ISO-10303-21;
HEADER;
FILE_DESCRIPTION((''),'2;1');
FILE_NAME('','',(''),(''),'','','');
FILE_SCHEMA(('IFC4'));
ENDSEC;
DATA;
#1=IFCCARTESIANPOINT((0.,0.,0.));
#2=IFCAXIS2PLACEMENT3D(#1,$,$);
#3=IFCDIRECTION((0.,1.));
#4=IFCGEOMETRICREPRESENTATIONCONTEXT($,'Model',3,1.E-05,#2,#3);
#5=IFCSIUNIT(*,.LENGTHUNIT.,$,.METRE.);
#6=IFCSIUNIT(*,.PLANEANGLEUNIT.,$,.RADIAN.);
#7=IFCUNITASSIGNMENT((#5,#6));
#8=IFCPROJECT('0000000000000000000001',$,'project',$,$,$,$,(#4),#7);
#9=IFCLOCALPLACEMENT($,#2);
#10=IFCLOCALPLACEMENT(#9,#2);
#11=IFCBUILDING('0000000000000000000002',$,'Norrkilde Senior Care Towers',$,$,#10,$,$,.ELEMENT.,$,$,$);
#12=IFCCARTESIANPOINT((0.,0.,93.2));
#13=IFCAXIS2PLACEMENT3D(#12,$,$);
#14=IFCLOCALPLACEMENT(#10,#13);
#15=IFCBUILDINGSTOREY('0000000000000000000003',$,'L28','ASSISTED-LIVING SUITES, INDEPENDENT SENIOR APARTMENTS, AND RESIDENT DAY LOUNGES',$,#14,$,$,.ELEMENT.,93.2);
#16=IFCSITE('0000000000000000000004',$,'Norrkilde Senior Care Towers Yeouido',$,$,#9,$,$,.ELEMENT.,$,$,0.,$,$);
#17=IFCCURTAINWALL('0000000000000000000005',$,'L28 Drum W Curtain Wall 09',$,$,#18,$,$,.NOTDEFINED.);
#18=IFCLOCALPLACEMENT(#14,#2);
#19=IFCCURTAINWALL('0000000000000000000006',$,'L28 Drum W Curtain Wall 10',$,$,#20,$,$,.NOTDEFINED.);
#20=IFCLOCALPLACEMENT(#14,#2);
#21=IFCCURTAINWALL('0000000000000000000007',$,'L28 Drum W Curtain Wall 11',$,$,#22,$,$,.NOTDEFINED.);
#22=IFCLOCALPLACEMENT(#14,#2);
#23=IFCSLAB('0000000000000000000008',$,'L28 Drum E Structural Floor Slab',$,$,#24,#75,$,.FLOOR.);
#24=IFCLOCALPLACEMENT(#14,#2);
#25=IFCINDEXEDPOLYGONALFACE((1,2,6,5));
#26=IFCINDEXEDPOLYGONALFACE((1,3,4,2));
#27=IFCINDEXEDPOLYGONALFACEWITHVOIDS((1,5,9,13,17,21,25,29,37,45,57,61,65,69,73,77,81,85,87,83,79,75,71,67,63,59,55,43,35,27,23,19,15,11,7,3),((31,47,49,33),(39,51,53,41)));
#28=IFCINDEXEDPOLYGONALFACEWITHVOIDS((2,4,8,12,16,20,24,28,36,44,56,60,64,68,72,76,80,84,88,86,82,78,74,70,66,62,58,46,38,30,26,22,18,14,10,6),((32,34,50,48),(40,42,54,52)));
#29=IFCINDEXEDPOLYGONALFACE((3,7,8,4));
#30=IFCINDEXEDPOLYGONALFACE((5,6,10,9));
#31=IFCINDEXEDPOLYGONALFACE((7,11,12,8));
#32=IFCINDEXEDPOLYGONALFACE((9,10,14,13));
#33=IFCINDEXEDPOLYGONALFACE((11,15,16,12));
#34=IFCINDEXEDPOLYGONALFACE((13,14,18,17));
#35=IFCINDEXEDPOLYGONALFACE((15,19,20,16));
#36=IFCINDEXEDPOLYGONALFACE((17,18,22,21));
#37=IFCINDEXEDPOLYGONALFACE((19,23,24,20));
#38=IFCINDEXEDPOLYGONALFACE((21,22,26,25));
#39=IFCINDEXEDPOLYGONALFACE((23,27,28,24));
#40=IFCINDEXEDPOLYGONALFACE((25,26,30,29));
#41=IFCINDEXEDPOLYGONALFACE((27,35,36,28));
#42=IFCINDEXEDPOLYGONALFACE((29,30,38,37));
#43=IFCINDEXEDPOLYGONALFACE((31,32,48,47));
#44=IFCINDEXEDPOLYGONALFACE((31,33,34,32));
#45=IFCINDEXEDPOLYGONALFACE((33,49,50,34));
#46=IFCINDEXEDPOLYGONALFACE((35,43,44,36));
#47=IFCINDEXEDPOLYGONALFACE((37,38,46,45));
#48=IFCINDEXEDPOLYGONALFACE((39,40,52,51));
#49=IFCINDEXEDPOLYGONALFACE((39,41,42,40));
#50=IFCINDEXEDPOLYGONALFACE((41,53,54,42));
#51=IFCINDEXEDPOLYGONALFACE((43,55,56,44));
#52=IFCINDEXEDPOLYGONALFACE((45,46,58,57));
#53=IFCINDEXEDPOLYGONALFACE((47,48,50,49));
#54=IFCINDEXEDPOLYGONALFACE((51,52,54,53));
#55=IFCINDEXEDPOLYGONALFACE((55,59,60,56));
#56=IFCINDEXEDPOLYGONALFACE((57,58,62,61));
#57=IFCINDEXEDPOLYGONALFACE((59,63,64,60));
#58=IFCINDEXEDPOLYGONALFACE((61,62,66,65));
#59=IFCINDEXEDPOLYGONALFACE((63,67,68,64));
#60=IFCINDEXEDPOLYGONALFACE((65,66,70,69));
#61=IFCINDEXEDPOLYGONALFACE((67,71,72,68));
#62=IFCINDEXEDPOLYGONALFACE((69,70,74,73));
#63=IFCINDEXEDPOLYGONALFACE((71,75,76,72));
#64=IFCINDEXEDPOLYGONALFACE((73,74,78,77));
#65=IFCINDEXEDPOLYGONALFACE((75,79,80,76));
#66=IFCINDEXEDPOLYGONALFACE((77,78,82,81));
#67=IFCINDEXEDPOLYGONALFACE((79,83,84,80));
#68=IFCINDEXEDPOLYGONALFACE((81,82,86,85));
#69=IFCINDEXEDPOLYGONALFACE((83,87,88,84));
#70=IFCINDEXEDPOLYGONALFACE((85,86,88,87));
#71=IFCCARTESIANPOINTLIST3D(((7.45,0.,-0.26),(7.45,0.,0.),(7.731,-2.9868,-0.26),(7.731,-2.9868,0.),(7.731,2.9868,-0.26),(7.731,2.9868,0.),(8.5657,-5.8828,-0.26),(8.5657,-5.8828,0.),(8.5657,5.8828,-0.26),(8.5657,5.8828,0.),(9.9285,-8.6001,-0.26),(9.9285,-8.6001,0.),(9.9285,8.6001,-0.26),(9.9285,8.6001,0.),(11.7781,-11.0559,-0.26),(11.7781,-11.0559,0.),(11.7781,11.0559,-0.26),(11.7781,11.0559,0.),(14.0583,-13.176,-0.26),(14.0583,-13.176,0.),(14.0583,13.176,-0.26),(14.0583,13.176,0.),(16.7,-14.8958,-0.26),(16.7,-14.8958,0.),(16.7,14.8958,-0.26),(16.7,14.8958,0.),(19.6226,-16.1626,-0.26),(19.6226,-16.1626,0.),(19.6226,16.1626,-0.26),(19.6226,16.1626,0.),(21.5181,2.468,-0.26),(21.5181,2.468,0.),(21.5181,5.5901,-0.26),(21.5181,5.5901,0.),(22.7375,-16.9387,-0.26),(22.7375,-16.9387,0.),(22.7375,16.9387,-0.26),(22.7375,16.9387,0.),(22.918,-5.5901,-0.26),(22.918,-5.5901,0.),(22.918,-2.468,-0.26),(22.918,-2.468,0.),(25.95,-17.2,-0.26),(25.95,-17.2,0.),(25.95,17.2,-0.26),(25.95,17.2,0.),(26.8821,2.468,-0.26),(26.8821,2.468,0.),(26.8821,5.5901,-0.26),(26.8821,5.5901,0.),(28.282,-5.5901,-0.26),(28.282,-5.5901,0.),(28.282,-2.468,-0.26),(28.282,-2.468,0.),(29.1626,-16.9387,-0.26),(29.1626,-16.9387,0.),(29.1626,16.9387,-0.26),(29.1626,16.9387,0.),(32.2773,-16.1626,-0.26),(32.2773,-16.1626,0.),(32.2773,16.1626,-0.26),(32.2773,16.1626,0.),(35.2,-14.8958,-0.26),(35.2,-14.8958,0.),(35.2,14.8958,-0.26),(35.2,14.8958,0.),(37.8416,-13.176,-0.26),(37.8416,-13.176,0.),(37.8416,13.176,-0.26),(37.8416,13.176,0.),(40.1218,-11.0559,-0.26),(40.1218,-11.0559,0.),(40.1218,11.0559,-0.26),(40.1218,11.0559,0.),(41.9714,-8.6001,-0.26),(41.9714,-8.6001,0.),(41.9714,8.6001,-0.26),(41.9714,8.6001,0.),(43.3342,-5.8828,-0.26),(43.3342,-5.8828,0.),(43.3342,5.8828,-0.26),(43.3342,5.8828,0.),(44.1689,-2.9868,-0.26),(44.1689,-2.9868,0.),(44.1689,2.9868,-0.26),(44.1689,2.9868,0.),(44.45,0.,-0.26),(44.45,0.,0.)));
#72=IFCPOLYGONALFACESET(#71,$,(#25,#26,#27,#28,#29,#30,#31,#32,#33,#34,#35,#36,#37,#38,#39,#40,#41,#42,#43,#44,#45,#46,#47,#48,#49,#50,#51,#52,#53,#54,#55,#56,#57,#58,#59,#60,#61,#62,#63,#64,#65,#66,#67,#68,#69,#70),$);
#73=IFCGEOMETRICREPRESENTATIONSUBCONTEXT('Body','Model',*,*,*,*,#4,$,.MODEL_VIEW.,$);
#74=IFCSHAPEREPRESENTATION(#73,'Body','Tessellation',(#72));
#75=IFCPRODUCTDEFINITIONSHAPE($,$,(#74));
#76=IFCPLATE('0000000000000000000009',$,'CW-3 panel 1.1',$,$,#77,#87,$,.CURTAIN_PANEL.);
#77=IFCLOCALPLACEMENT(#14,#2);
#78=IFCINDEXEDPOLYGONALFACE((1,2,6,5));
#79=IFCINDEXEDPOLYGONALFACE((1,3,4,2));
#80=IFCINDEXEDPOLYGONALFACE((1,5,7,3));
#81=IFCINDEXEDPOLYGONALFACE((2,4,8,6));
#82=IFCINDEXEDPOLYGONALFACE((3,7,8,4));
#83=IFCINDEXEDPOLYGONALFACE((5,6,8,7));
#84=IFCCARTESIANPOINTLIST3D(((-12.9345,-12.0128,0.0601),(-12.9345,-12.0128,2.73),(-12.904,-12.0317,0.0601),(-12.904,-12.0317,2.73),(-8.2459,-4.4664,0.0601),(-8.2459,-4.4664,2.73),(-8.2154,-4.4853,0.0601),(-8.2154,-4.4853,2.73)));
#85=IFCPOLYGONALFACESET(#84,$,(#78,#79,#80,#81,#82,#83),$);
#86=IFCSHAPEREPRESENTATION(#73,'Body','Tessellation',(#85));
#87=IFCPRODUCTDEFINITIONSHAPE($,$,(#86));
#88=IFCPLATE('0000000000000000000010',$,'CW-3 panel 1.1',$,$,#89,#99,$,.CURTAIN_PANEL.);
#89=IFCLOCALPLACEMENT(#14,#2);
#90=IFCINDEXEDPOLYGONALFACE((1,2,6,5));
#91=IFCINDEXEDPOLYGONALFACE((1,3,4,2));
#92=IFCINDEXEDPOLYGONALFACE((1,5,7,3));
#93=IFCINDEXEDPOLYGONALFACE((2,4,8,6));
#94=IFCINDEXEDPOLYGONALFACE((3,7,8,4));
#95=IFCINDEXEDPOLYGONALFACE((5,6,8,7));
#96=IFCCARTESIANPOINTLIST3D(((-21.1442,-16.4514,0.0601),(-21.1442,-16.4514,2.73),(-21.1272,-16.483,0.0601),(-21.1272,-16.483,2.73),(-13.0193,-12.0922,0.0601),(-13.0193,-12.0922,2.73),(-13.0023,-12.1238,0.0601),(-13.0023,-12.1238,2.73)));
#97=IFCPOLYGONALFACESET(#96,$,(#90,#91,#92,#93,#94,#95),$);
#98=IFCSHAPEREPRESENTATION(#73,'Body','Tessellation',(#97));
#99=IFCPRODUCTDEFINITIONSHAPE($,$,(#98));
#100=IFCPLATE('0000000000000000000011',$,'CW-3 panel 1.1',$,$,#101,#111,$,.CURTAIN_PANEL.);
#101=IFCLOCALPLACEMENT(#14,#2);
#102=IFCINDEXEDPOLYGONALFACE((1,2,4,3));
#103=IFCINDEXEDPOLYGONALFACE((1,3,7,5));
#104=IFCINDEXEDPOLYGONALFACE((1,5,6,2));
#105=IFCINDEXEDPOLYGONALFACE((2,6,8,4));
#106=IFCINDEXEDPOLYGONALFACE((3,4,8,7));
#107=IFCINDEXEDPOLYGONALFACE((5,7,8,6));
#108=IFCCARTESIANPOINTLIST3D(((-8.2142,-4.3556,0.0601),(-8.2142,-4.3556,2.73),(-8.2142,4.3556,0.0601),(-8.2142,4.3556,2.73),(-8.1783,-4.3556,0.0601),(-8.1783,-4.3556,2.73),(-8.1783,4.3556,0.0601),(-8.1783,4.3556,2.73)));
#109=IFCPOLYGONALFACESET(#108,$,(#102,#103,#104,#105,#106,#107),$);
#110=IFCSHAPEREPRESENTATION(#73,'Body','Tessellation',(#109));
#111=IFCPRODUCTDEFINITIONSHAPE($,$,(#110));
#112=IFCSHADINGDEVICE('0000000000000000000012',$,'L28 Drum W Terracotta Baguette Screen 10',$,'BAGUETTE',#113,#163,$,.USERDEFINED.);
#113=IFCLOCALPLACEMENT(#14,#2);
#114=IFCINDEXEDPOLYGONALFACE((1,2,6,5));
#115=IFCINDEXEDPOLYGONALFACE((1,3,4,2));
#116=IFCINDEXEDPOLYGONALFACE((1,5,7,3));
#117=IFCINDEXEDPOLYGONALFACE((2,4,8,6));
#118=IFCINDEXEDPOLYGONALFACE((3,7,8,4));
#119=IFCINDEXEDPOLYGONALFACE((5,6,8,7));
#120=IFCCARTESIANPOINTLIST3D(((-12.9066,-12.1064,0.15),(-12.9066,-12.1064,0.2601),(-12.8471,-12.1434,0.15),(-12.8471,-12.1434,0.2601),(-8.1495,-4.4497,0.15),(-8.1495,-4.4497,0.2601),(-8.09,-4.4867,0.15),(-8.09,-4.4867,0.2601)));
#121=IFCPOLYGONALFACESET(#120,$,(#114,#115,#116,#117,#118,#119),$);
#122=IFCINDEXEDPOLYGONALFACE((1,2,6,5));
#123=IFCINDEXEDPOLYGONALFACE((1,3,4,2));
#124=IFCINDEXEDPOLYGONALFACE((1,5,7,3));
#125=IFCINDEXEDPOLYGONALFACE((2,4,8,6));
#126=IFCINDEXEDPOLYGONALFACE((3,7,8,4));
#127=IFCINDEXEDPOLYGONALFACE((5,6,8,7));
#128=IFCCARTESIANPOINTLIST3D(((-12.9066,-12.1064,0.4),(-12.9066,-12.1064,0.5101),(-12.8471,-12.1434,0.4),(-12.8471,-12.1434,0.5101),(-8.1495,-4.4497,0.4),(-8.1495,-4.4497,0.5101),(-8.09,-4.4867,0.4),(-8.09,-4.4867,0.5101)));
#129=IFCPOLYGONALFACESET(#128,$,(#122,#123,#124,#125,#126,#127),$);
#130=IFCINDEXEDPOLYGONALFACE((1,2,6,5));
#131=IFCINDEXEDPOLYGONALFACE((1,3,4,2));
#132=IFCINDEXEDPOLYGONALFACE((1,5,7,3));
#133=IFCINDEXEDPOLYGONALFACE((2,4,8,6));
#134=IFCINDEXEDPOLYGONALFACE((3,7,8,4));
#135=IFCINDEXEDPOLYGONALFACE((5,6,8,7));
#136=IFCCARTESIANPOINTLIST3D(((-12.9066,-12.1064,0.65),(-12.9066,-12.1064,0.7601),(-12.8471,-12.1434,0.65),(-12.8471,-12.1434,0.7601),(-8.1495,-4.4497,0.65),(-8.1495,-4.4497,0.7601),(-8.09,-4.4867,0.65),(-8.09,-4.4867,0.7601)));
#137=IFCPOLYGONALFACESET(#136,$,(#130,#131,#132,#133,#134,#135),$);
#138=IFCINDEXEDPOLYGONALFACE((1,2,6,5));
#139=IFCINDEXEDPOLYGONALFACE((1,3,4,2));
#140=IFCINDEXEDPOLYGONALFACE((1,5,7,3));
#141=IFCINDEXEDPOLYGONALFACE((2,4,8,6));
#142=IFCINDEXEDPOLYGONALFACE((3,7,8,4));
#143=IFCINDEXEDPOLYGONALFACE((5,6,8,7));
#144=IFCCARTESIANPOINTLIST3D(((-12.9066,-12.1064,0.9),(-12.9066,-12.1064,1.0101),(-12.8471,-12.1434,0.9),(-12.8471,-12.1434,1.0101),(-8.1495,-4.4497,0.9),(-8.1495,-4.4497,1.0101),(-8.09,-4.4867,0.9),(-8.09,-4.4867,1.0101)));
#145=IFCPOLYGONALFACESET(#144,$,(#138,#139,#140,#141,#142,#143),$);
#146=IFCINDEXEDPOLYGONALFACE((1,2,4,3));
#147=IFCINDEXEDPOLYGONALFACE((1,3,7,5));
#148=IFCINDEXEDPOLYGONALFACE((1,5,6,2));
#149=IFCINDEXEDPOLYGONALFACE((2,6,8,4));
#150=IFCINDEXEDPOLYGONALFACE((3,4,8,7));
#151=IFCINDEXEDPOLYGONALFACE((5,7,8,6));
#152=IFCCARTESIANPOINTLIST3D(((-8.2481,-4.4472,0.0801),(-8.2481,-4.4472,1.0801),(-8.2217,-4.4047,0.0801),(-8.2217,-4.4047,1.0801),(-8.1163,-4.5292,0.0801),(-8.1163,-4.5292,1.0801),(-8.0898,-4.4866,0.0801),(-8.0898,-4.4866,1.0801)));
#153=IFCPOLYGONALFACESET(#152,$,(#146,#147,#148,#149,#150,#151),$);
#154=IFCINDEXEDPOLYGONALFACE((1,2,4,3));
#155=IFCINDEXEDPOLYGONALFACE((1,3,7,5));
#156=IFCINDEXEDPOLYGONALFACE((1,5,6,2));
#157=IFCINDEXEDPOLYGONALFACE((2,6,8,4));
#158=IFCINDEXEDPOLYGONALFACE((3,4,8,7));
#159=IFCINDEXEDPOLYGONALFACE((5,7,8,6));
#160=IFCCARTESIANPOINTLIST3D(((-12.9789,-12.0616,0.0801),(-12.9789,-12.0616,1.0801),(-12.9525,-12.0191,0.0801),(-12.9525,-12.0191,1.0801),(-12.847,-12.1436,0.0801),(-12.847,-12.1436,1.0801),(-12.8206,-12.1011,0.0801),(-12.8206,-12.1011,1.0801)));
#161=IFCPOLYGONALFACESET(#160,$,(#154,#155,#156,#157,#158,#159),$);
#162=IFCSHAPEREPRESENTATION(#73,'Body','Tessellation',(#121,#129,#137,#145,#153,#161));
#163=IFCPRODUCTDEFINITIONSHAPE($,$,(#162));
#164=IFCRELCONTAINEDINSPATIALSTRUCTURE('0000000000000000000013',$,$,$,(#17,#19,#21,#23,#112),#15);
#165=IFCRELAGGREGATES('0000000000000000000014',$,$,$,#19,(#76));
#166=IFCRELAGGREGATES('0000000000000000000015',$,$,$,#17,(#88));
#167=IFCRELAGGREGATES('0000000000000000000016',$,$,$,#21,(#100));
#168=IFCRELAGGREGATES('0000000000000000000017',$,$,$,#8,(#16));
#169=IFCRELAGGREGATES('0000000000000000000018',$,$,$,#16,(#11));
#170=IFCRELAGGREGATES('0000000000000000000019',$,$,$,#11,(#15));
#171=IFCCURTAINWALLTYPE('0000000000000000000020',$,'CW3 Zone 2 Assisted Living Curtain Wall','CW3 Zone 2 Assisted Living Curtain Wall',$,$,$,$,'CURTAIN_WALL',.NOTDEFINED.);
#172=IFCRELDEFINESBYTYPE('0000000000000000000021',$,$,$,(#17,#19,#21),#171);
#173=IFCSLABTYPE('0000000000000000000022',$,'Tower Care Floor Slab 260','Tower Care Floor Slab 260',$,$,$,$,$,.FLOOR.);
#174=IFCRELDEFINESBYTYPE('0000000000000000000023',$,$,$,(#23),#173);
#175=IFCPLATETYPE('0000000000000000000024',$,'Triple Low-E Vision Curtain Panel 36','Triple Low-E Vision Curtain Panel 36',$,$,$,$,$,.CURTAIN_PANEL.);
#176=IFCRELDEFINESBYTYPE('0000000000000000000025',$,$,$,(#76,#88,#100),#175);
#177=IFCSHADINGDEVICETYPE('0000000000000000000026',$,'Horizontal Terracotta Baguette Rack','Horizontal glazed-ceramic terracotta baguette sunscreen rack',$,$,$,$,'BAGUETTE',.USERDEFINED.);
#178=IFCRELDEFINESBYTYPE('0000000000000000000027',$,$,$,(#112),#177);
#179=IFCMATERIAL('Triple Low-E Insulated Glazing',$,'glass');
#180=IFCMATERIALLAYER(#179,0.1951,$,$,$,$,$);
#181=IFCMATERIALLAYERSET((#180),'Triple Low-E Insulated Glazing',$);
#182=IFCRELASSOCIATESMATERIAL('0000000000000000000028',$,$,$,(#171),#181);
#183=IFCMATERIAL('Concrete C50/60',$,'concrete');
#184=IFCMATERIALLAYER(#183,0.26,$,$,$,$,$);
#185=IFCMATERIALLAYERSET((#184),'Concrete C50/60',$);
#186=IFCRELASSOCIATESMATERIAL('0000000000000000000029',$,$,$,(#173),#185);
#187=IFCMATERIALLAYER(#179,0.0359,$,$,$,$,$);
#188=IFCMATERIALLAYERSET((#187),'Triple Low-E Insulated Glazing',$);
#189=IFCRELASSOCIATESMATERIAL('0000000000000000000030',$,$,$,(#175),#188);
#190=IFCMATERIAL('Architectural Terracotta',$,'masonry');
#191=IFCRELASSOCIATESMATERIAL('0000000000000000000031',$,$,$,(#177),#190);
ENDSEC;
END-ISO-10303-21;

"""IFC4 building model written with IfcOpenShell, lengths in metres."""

from ifc_helpers import new_model, si_unit, direction, frame, origin, origin_2d, place, context, subcontext, project, spatial, polyline, rectangle, outline, extrude, source, transform, mapped, material, layer, layer_set, type_object, type_shapes, element, aggregate, save


model = new_model("IFC4")

# Units and contexts
model_context = context("Model", 3, precision=1e-05, world=origin(), true_north=direction((0.0, 1.0)))
body_context = subcontext(model_context, "Body", "Model", "MODEL_VIEW")
ifc_project = project(units=[si_unit("LENGTHUNIT", "METRE"), si_unit("PLANEANGLEUNIT", "RADIAN")], contexts=[model_context])

# Site, building, storey
site_placement = place(None, origin())
site = spatial("IfcSite", under=ifc_project, at=site_placement, Name="Norrkilde Senior Care Towers Yeouido", CompositionType="ELEMENT", RefElevation=0.0)
building_placement = place(site_placement, origin())
building = spatial("IfcBuilding", under=site, at=building_placement, Name="Norrkilde Senior Care Towers", CompositionType="ELEMENT")
storey_placement = place(building_placement, frame((0.0, 0.0, 93.2)))
storey = spatial("IfcBuildingStorey", under=building, at=storey_placement, Name="L28", Description="ASSISTED-LIVING SUITES, INDEPENDENT SENIOR APARTMENTS, AND RESIDENT DAY LOUNGES", CompositionType="ELEMENT", Elevation=93.2)

# Curtain wall
ifc_material_1 = material(Name="Triple Low-E Insulated Glazing", Category="glass")
ifc_layer_1 = layer(ifc_material_1, 0.1951)
ifc_layer_set_1 = layer_set([ifc_layer_1], Name="Triple Low-E Insulated Glazing")
curtain_wall_type = type_object("IfcCurtainWallType", Name="CW3 Zone 2 Assisted Living Curtain Wall", Description="CW3 Zone 2 Assisted Living Curtain Wall", ElementType="CURTAIN_WALL", PredefinedType="NOTDEFINED", material=ifc_layer_set_1)
curtain_wall_1_placement = place(storey_placement, origin())
curtain_wall_1 = element("IfcCurtainWall", 1, at=curtain_wall_1_placement, inside=storey, type_object=curtain_wall_type, Name="L28 Drum W Curtain Wall 09", PredefinedType="NOTDEFINED")

# Curtain wall
curtain_wall_2_placement = place(storey_placement, origin())
curtain_wall_2 = element("IfcCurtainWall", 2, at=curtain_wall_2_placement, inside=storey, type_object=curtain_wall_type, Name="L28 Drum W Curtain Wall 10", PredefinedType="NOTDEFINED")

# Curtain wall
curtain_wall_3_placement = place(storey_placement, origin())
curtain_wall_3 = element("IfcCurtainWall", 3, at=curtain_wall_3_placement, inside=storey, type_object=curtain_wall_type, Name="L28 Drum W Curtain Wall 11", PredefinedType="NOTDEFINED")

# Slab
ifc_material_2 = material(Name="Concrete C50/60", Category="concrete")
ifc_layer_2 = layer(ifc_material_2, 0.26)
ifc_layer_set_2 = layer_set([ifc_layer_2], Name="Concrete C50/60")
slab_type_1 = type_object("IfcSlabType", Name="Tower Care Floor Slab 260", Description="Tower Care Floor Slab 260", PredefinedType="FLOOR", material=ifc_layer_set_2)
slab_1_placement = place(storey_placement, frame((0.0, 0.0, -0.26)))
element("IfcSlab", 4, at=slab_1_placement, inside=storey, type_object=slab_type_1, Name="L28 Drum E Structural Floor Slab", PredefinedType="FLOOR", context=body_context, shape_type="SweptSolid", body=[
    extrude(outline(polyline([(43.3342, -5.8828), (41.9714, -8.6001), (40.1218, -11.0559), (37.8416, -13.176), (35.2, -14.8958), (32.2773, -16.1626), (29.1626, -16.9387), (25.95, -17.2), (22.7375, -16.9387), (19.6226, -16.1626), (16.7, -14.8958), (14.0583, -13.176), (11.7781, -11.0559), (9.9285, -8.6001), (8.5657, -5.8828), (7.731, -2.9868), (7.45, 0.0), (7.731, 2.9868), (8.5657, 5.8828), (9.9285, 8.6001), (11.7781, 11.0559), (14.0583, 13.176), (16.7, 14.8958), (19.6226, 16.1626), (22.7375, 16.9387), (25.95, 17.2), (29.1626, 16.9387), (32.2773, 16.1626), (35.2, 14.8958), (37.8416, 13.176), (40.1218, 11.0559), (41.9714, 8.6001), (43.3342, 5.8828), (44.1689, 2.9868), (44.45, 0.0), (44.1689, -2.9868), (43.3342, -5.8828)]), holes=[polyline([(21.5181, 2.468), (26.8821, 2.468), (26.8821, 5.5901), (21.5181, 5.5901), (21.5181, 2.468)]), polyline([(28.282, -5.5901), (28.282, -2.468), (22.918, -2.468), (22.918, -5.5901), (28.282, -5.5901)])]), origin(), (0.0, 0.0, 1.0), 0.26),
])

# Plates
ifc_layer_3 = layer(ifc_material_1, 0.0359)
ifc_layer_set_3 = layer_set([ifc_layer_3], Name="Triple Low-E Insulated Glazing")
plate_type = type_object("IfcPlateType", Name="Triple Low-E Vision Curtain Panel 36", Description="Triple Low-E Vision Curtain Panel 36", PredefinedType="CURTAIN_PANEL", material=ifc_layer_set_3)
shared_shape_1 = source(origin(), body_context, "Body", "SweptSolid", [
    extrude(rectangle(XDim=8.8843, YDim=0.0359, at=origin_2d()), origin(), (0.0, 0.0, 1.0), 2.6699),
])
plate_1_placement = place(storey_placement, frame((-10.575, -8.249, 0.0601), z_axis=(0.0, 0.0, 1.0), x_axis=(-0.527733, -0.84941, 0.0)))
plate_1 = element("IfcPlate", 5, at=plate_1_placement, type_object=plate_type, Name="CW-3 panel 1.1", PredefinedType="CURTAIN_PANEL", context=body_context, shape_type="MappedRepresentation", body=[
    mapped(shared_shape_1, transform((0.0, 0.0, 0.0), x_axis=(1.0, 0.0, 0.0), y_axis=(0.0, 1.0, 0.0), z_axis=(0.0, 0.0, 1.0), scale=1.0)),
])
aggregate(curtain_wall_2, [plate_1])
shared_shape_2 = source(origin(), body_context, "Body", "SweptSolid", [
    extrude(rectangle(XDim=9.2205, YDim=0.0359, at=origin_2d()), origin(), (0.0, 0.0, 1.0), 2.6699),
])
plate_2_placement = place(storey_placement, frame((-17.0732, -14.2876, 0.0601), z_axis=(0.0, 0.0, 1.0), x_axis=(-0.881186, -0.472769, 0.0)))
plate_2 = element("IfcPlate", 6, at=plate_2_placement, type_object=plate_type, Name="CW-3 panel 1.1", PredefinedType="CURTAIN_PANEL", context=body_context, shape_type="MappedRepresentation", body=[
    mapped(shared_shape_2, transform((0.0, 0.0, 0.0), x_axis=(1.0, 0.0, 0.0), y_axis=(0.0, 1.0, 0.0), z_axis=(0.0, 0.0, 1.0), scale=1.0)),
])
aggregate(curtain_wall_1, [plate_2])
shared_shape_3 = source(origin(), body_context, "Body", "SweptSolid", [
    extrude(rectangle(XDim=8.7112, YDim=0.0359, at=origin_2d()), origin(), (0.0, 0.0, 1.0), 2.6699),
])
type_shapes(plate_type, [shared_shape_1, shared_shape_2, shared_shape_3])
plate_3_placement = place(storey_placement, frame((-8.1963, 0.0, 0.0601), z_axis=(0.0, 0.0, 1.0), x_axis=(0.0, -1.0, 0.0)))
plate_3 = element("IfcPlate", 7, at=plate_3_placement, type_object=plate_type, Name="CW-3 panel 1.1", PredefinedType="CURTAIN_PANEL", context=body_context, shape_type="MappedRepresentation", body=[
    mapped(shared_shape_3, transform((0.0, 0.0, 0.0), x_axis=(1.0, 0.0, 0.0), y_axis=(0.0, 1.0, 0.0), z_axis=(0.0, 0.0, 1.0), scale=1.0)),
])
aggregate(curtain_wall_3, [plate_3])

# Shading device
ifc_material_3 = material(Name="Architectural Terracotta", Category="masonry")
shading_device_type = type_object("IfcShadingDeviceType", Name="Horizontal Terracotta Baguette Rack", Description="Horizontal glazed-ceramic terracotta baguette sunscreen rack", ElementType="BAGUETTE", PredefinedType="USERDEFINED", material=ifc_material_3)
shared_shape_4 = source(origin(), body_context, "Body", "SweptSolid", [
    extrude(rectangle(XDim=0.0701, YDim=0.1101, at=origin_2d()), frame((0.0, 0.0901, 0.125), z_axis=(1.0, 0.0, 0.0), x_axis=(0.0, 1.0, 0.0)), (0.0, 0.0, 1.0), 9.0142),
    extrude(rectangle(XDim=0.0701, YDim=0.1101, at=origin_2d()), frame((0.0, 0.0901, 0.375), z_axis=(1.0, 0.0, 0.0), x_axis=(0.0, 1.0, 0.0)), (0.0, 0.0, 1.0), 9.0142),
    extrude(rectangle(XDim=0.0701, YDim=0.1101, at=origin_2d()), frame((0.0, 0.0901, 0.625), z_axis=(1.0, 0.0, 0.0), x_axis=(0.0, 1.0, 0.0)), (0.0, 0.0, 1.0), 9.0142),
    extrude(rectangle(XDim=0.0701, YDim=0.1101, at=origin_2d()), frame((0.0, 0.0901, 0.875), z_axis=(1.0, 0.0, 0.0), x_axis=(0.0, 1.0, 0.0)), (0.0, 0.0, 1.0), 9.0142),
    extrude(rectangle(XDim=0.05, YDim=0.1553, at=origin_2d()), frame((0.0249, 0.0476, 0.0)), (0.0, 0.0, 1.0), 1.0),
    extrude(rectangle(XDim=0.05, YDim=0.1553, at=origin_2d()), frame((8.9893, 0.0476, 0.0)), (0.0, 0.0, 1.0), 1.0),
])
type_shapes(shading_device_type, [shared_shape_4])
shading_device_placement = place(storey_placement, frame((-8.1963, -4.4207, 0.0801), z_axis=(0.0, 0.0, 1.0), x_axis=(-0.527734, -0.849412, 0.0)))
element("IfcShadingDevice", 8, at=shading_device_placement, inside=storey, type_object=shading_device_type, Name="L28 Drum W Terracotta Baguette Screen 10", ObjectType="BAGUETTE", PredefinedType="USERDEFINED", context=body_context, shape_type="MappedRepresentation", body=[
    mapped(shared_shape_4, transform((0.0, 0.0, 0.0), x_axis=(1.0, 0.0, 0.0), y_axis=(0.0, 1.0, 0.0), z_axis=(0.0, 0.0, 1.0), scale=1.0)),
])

save(model, "model.ifc")
